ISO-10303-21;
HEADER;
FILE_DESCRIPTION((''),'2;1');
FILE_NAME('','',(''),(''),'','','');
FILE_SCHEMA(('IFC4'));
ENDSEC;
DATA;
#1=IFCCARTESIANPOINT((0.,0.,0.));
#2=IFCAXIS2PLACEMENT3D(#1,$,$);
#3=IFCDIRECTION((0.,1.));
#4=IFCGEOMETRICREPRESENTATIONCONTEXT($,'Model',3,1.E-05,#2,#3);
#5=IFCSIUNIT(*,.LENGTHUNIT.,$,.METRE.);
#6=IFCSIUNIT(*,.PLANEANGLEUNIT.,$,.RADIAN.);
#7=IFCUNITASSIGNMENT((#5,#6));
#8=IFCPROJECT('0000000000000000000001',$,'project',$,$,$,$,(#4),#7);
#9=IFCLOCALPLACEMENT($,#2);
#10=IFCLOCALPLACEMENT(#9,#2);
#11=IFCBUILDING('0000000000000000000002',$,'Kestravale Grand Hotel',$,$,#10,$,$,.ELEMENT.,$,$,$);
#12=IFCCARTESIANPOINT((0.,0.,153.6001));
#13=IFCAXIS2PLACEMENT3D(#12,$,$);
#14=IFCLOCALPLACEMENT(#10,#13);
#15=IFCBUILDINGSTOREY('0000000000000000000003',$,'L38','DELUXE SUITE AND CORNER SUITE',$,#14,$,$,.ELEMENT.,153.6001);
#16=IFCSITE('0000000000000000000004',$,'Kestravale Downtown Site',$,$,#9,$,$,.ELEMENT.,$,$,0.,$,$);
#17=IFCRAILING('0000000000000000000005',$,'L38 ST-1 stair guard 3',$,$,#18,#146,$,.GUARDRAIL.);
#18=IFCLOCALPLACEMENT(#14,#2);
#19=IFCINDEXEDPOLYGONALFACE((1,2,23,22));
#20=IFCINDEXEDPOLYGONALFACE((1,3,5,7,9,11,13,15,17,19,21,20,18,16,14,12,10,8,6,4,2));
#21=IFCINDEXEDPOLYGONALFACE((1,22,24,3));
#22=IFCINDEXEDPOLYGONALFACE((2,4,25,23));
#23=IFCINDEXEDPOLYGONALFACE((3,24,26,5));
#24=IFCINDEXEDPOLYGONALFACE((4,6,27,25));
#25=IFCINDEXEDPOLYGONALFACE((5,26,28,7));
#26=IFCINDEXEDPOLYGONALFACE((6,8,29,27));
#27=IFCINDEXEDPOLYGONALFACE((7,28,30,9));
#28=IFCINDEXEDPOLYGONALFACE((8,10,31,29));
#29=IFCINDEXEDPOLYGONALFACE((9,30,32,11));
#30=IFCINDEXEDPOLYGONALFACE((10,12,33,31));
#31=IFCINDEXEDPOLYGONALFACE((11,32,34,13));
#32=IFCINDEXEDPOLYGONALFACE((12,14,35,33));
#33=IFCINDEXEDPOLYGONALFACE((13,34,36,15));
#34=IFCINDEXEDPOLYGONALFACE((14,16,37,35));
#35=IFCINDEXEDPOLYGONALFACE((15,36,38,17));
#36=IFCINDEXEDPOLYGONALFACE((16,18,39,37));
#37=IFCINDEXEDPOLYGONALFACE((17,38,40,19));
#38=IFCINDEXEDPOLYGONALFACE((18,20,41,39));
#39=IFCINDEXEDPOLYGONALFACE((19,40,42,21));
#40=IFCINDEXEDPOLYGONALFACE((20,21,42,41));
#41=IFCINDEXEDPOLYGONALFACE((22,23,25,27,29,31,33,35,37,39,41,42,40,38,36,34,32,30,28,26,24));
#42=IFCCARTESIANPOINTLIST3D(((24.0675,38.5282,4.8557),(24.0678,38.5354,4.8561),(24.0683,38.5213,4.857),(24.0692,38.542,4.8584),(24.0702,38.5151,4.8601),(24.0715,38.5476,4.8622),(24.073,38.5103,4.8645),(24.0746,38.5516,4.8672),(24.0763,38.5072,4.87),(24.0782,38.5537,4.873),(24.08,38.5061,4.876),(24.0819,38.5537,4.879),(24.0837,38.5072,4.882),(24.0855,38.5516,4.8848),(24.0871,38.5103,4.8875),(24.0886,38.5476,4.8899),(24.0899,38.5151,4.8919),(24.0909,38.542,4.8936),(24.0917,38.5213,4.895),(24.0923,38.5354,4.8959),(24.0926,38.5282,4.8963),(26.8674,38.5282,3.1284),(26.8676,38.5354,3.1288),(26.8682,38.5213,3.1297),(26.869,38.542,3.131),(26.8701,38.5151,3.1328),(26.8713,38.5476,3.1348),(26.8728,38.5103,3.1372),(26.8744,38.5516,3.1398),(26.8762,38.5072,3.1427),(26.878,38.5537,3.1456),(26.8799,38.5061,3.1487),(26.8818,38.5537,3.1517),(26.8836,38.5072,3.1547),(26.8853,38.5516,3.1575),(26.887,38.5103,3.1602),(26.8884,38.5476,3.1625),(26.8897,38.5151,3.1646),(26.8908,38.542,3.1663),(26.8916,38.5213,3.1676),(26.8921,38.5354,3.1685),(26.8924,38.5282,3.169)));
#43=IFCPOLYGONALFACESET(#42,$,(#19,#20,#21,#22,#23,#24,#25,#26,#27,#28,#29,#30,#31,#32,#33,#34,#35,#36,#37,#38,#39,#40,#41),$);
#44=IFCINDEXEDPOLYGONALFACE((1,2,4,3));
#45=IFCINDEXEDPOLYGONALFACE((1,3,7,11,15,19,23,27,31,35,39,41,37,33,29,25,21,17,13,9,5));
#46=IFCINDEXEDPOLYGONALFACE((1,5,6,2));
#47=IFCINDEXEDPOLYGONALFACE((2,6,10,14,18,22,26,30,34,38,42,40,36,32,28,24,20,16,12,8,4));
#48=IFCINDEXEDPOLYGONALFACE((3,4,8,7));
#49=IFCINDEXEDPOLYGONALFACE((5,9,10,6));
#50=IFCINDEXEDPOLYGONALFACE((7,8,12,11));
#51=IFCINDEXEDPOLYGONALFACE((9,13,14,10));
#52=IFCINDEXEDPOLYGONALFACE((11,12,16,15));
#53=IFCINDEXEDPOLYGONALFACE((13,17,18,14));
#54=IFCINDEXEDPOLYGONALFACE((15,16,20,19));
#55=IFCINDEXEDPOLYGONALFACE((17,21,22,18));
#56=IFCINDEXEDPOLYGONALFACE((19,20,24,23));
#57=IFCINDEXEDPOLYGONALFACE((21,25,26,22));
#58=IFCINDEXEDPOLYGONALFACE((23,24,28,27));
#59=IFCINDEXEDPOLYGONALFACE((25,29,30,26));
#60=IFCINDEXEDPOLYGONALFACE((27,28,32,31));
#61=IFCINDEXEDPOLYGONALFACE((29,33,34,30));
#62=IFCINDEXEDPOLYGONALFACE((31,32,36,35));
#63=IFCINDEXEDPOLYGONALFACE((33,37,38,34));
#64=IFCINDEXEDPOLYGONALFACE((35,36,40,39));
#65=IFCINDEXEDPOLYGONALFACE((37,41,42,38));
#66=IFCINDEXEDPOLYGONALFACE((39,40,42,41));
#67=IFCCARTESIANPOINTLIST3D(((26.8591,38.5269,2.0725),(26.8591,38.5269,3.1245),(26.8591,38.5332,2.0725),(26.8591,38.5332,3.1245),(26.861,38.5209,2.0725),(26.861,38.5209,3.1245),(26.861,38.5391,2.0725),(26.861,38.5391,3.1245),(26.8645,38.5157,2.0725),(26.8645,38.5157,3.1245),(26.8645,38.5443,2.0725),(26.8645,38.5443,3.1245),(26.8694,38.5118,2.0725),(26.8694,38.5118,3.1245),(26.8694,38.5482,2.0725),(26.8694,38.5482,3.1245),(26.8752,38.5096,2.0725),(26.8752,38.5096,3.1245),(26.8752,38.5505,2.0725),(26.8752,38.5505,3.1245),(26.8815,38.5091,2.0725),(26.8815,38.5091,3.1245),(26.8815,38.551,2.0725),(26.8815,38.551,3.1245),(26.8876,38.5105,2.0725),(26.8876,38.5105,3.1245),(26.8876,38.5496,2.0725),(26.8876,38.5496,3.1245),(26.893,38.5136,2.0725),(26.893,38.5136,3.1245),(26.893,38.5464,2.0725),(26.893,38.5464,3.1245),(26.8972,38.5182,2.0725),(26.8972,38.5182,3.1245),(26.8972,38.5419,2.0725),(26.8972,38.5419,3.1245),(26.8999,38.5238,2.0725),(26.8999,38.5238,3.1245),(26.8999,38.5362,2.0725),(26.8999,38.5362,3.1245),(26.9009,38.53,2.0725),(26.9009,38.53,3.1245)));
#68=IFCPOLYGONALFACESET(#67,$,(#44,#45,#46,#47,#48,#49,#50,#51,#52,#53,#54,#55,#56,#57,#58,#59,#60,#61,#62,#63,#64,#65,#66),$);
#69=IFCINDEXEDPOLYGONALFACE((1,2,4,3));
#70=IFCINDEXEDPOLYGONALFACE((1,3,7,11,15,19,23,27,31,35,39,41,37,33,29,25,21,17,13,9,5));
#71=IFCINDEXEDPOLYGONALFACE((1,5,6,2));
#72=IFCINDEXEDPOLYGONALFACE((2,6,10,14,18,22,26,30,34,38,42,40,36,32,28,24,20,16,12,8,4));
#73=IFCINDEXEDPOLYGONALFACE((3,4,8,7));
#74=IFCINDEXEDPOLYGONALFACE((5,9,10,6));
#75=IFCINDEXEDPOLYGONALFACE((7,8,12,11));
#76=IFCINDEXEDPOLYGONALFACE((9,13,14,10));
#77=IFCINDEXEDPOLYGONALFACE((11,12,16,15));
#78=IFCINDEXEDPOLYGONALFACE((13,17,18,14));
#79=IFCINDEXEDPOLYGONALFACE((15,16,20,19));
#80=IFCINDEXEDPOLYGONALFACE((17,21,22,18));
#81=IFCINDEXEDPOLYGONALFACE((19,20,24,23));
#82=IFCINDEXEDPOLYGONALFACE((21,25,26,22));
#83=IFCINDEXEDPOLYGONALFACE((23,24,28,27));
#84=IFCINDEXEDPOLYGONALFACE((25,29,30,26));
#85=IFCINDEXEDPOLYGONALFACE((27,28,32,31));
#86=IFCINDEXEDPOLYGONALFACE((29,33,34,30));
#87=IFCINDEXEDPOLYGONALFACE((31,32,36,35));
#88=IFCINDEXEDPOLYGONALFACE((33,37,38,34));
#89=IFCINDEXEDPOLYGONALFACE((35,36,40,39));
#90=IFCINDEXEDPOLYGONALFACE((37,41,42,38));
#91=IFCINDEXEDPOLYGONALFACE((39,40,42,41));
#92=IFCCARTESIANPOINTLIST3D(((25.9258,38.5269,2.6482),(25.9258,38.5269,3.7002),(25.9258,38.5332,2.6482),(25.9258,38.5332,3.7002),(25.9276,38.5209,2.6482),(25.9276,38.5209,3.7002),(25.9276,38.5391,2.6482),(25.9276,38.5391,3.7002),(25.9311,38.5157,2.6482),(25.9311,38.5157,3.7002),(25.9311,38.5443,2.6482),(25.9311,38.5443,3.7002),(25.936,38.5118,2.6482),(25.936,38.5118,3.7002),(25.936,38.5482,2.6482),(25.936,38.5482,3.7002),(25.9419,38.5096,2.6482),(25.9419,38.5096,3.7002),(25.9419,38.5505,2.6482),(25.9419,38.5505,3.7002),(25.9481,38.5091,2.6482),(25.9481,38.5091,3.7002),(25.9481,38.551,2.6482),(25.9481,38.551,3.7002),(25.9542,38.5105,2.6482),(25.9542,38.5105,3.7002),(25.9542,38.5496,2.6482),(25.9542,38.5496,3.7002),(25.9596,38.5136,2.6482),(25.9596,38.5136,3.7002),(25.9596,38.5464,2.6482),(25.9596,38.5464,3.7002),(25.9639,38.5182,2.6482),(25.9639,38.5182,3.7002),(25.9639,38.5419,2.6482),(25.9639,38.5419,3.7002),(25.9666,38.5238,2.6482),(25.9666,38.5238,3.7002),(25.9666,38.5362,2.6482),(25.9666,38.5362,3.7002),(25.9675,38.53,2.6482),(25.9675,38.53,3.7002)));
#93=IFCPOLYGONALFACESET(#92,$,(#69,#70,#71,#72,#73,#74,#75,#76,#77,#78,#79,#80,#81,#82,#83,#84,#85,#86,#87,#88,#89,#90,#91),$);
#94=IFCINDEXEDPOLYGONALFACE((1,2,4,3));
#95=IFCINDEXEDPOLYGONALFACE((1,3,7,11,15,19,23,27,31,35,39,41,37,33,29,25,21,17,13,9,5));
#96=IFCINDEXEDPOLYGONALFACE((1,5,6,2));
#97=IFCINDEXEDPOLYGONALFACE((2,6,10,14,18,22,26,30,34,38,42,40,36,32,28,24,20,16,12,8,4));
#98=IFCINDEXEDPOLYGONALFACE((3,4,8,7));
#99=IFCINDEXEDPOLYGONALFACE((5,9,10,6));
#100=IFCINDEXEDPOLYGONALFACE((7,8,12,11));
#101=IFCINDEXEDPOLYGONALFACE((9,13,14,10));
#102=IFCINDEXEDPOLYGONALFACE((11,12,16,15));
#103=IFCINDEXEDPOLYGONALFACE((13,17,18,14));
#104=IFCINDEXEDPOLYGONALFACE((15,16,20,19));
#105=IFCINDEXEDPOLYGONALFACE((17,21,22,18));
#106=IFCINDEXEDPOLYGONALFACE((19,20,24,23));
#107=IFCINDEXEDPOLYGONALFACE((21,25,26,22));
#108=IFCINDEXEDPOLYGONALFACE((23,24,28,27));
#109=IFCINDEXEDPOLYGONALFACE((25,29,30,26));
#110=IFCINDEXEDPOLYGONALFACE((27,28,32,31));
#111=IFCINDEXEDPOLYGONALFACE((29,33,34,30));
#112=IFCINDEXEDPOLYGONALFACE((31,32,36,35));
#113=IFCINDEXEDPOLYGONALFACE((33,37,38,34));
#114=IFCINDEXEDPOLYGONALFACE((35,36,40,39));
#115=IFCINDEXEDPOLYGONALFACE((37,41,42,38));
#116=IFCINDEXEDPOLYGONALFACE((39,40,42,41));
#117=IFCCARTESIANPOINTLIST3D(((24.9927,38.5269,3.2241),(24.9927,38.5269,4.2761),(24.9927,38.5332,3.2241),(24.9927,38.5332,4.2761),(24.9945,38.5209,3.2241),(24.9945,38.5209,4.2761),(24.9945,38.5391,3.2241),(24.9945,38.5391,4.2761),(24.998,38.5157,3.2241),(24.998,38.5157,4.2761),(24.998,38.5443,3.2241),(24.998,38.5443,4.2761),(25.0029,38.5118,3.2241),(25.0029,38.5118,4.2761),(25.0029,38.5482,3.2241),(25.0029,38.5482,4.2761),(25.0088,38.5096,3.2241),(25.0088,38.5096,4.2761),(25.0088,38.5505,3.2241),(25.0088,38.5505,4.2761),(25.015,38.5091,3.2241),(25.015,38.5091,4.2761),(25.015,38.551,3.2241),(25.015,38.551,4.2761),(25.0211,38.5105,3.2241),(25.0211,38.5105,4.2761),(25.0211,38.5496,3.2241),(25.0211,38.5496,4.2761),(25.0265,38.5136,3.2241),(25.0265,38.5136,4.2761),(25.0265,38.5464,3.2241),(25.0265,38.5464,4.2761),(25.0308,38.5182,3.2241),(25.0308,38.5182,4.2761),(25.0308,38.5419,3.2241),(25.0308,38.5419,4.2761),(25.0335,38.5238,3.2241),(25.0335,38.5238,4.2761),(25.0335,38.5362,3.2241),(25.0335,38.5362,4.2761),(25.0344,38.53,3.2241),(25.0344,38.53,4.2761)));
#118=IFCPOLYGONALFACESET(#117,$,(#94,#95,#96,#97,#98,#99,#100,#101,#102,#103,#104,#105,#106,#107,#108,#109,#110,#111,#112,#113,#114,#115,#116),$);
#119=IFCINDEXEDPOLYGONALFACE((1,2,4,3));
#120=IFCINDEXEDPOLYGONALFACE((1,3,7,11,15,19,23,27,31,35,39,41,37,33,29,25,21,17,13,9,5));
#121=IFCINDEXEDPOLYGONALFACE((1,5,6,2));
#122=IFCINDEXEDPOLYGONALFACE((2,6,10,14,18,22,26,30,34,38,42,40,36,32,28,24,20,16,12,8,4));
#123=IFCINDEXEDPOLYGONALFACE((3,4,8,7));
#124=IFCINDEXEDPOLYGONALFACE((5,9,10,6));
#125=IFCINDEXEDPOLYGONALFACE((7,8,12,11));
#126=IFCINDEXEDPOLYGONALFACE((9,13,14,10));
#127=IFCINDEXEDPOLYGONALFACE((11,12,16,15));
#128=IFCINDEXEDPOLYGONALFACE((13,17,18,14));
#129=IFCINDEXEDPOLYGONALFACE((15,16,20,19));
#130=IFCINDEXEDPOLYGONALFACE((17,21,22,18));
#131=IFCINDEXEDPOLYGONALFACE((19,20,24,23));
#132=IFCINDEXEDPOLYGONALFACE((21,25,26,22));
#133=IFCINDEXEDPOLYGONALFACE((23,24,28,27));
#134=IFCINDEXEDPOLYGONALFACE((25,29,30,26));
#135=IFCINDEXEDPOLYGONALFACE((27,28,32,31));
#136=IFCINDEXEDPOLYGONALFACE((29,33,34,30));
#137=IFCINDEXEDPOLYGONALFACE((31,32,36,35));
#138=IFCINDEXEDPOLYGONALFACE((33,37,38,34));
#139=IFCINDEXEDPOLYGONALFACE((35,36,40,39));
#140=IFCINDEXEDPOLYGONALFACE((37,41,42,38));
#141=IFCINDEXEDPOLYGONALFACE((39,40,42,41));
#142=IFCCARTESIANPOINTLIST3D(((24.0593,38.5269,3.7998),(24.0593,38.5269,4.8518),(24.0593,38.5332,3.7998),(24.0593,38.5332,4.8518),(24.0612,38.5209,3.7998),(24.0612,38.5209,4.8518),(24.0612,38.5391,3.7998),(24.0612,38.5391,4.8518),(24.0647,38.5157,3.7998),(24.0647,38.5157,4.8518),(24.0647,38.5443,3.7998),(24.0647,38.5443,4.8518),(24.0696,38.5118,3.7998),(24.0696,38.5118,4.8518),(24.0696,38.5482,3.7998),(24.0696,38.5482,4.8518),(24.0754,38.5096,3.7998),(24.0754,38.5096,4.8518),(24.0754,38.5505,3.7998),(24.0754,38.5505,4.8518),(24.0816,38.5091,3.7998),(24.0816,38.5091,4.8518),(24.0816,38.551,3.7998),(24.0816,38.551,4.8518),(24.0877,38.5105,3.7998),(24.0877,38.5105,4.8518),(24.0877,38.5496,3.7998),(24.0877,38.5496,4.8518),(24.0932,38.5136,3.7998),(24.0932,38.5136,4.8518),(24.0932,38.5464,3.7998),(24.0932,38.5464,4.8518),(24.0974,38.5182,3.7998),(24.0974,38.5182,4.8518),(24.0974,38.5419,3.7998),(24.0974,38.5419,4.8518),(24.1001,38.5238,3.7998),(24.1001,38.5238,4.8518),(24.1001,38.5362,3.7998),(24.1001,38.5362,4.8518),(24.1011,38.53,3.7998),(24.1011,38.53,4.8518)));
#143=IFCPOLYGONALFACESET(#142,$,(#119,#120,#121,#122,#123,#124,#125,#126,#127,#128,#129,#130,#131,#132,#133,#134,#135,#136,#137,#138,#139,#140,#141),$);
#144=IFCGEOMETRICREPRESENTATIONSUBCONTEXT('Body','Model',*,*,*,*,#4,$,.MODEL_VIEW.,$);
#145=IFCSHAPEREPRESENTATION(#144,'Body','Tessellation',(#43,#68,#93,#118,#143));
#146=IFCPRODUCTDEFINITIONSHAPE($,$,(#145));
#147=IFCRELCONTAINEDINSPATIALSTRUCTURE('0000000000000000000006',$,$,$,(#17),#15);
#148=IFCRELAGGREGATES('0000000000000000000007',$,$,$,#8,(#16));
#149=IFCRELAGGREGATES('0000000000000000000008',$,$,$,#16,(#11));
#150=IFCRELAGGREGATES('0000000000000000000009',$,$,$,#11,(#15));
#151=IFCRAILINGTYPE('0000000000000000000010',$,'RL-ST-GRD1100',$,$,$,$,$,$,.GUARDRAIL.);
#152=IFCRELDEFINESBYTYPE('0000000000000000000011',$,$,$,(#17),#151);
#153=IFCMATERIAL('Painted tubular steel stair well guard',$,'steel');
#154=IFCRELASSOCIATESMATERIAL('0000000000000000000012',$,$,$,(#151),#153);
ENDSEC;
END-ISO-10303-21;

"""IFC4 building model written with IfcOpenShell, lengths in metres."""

from ifc_helpers import new_model, si_unit, direction, frame, origin, origin_2d, place, context, subcontext, project, spatial, circle, extrude, material, type_object, element, save


model = new_model("IFC4")

# Units and contexts
model_context = context("Model", 3, precision=1e-05, world=origin(), true_north=direction((0.0, 1.0)))
body_context = subcontext(model_context, "Body", "Model", "MODEL_VIEW")
ifc_project = project(units=[si_unit("LENGTHUNIT", "METRE"), si_unit("PLANEANGLEUNIT", "RADIAN")], contexts=[model_context])

# Site, building, storey
site_placement = place(None, origin())
site = spatial("IfcSite", under=ifc_project, at=site_placement, Name="Kestravale Downtown Site", CompositionType="ELEMENT", RefElevation=0.0)
building_placement = place(site_placement, origin())
building = spatial("IfcBuilding", under=site, at=building_placement, Name="Kestravale Grand Hotel", CompositionType="ELEMENT")
storey_placement = place(building_placement, frame((0.0, 0.0, 153.6001)))
storey = spatial("IfcBuildingStorey", under=building, at=storey_placement, Name="L38", Description="DELUXE SUITE AND CORNER SUITE", CompositionType="ELEMENT", Elevation=153.6001)

# Railing
ifc_material_1 = material(Name="Painted tubular steel stair well guard", Category="steel")
railing_type_1 = type_object("IfcRailingType", Name="RL-ST-GRD1100", PredefinedType="GUARDRAIL", material=ifc_material_1)
railing_1_placement = place(storey_placement, frame((26.8799, 38.53, 2.0725)))
element("IfcRailing", 1, at=railing_1_placement, inside=storey, type_object=railing_type_1, Name="L38 ST-1 stair guard 3", PredefinedType="GUARDRAIL", context=body_context, shape_type="SweptSolid", body=[
    extrude(circle(Radius=0.0239, at=origin_2d()), frame((0.0, 0.0, 1.0762), z_axis=(-0.851069, 0.0, 0.525054), x_axis=(0.0, -1.0, 0.0)), (0.0, 0.0, 1.0), 3.2898),
    extrude(circle(Radius=0.021, at=origin_2d()), origin(), (0.0, 0.0, 1.0), 1.052),
    extrude(circle(Radius=0.021, at=origin_2d()), frame((-0.9333, 0.0, 0.5757)), (0.0, 0.0, 1.0), 1.052),
    extrude(circle(Radius=0.021, at=origin_2d()), frame((-1.8665, 0.0, 1.1516)), (0.0, 0.0, 1.0), 1.052),
    extrude(circle(Radius=0.021, at=origin_2d()), frame((-2.7998, 0.0, 1.7273)), (0.0, 0.0, 1.0), 1.052),
])

save(model, "model.ifc")
